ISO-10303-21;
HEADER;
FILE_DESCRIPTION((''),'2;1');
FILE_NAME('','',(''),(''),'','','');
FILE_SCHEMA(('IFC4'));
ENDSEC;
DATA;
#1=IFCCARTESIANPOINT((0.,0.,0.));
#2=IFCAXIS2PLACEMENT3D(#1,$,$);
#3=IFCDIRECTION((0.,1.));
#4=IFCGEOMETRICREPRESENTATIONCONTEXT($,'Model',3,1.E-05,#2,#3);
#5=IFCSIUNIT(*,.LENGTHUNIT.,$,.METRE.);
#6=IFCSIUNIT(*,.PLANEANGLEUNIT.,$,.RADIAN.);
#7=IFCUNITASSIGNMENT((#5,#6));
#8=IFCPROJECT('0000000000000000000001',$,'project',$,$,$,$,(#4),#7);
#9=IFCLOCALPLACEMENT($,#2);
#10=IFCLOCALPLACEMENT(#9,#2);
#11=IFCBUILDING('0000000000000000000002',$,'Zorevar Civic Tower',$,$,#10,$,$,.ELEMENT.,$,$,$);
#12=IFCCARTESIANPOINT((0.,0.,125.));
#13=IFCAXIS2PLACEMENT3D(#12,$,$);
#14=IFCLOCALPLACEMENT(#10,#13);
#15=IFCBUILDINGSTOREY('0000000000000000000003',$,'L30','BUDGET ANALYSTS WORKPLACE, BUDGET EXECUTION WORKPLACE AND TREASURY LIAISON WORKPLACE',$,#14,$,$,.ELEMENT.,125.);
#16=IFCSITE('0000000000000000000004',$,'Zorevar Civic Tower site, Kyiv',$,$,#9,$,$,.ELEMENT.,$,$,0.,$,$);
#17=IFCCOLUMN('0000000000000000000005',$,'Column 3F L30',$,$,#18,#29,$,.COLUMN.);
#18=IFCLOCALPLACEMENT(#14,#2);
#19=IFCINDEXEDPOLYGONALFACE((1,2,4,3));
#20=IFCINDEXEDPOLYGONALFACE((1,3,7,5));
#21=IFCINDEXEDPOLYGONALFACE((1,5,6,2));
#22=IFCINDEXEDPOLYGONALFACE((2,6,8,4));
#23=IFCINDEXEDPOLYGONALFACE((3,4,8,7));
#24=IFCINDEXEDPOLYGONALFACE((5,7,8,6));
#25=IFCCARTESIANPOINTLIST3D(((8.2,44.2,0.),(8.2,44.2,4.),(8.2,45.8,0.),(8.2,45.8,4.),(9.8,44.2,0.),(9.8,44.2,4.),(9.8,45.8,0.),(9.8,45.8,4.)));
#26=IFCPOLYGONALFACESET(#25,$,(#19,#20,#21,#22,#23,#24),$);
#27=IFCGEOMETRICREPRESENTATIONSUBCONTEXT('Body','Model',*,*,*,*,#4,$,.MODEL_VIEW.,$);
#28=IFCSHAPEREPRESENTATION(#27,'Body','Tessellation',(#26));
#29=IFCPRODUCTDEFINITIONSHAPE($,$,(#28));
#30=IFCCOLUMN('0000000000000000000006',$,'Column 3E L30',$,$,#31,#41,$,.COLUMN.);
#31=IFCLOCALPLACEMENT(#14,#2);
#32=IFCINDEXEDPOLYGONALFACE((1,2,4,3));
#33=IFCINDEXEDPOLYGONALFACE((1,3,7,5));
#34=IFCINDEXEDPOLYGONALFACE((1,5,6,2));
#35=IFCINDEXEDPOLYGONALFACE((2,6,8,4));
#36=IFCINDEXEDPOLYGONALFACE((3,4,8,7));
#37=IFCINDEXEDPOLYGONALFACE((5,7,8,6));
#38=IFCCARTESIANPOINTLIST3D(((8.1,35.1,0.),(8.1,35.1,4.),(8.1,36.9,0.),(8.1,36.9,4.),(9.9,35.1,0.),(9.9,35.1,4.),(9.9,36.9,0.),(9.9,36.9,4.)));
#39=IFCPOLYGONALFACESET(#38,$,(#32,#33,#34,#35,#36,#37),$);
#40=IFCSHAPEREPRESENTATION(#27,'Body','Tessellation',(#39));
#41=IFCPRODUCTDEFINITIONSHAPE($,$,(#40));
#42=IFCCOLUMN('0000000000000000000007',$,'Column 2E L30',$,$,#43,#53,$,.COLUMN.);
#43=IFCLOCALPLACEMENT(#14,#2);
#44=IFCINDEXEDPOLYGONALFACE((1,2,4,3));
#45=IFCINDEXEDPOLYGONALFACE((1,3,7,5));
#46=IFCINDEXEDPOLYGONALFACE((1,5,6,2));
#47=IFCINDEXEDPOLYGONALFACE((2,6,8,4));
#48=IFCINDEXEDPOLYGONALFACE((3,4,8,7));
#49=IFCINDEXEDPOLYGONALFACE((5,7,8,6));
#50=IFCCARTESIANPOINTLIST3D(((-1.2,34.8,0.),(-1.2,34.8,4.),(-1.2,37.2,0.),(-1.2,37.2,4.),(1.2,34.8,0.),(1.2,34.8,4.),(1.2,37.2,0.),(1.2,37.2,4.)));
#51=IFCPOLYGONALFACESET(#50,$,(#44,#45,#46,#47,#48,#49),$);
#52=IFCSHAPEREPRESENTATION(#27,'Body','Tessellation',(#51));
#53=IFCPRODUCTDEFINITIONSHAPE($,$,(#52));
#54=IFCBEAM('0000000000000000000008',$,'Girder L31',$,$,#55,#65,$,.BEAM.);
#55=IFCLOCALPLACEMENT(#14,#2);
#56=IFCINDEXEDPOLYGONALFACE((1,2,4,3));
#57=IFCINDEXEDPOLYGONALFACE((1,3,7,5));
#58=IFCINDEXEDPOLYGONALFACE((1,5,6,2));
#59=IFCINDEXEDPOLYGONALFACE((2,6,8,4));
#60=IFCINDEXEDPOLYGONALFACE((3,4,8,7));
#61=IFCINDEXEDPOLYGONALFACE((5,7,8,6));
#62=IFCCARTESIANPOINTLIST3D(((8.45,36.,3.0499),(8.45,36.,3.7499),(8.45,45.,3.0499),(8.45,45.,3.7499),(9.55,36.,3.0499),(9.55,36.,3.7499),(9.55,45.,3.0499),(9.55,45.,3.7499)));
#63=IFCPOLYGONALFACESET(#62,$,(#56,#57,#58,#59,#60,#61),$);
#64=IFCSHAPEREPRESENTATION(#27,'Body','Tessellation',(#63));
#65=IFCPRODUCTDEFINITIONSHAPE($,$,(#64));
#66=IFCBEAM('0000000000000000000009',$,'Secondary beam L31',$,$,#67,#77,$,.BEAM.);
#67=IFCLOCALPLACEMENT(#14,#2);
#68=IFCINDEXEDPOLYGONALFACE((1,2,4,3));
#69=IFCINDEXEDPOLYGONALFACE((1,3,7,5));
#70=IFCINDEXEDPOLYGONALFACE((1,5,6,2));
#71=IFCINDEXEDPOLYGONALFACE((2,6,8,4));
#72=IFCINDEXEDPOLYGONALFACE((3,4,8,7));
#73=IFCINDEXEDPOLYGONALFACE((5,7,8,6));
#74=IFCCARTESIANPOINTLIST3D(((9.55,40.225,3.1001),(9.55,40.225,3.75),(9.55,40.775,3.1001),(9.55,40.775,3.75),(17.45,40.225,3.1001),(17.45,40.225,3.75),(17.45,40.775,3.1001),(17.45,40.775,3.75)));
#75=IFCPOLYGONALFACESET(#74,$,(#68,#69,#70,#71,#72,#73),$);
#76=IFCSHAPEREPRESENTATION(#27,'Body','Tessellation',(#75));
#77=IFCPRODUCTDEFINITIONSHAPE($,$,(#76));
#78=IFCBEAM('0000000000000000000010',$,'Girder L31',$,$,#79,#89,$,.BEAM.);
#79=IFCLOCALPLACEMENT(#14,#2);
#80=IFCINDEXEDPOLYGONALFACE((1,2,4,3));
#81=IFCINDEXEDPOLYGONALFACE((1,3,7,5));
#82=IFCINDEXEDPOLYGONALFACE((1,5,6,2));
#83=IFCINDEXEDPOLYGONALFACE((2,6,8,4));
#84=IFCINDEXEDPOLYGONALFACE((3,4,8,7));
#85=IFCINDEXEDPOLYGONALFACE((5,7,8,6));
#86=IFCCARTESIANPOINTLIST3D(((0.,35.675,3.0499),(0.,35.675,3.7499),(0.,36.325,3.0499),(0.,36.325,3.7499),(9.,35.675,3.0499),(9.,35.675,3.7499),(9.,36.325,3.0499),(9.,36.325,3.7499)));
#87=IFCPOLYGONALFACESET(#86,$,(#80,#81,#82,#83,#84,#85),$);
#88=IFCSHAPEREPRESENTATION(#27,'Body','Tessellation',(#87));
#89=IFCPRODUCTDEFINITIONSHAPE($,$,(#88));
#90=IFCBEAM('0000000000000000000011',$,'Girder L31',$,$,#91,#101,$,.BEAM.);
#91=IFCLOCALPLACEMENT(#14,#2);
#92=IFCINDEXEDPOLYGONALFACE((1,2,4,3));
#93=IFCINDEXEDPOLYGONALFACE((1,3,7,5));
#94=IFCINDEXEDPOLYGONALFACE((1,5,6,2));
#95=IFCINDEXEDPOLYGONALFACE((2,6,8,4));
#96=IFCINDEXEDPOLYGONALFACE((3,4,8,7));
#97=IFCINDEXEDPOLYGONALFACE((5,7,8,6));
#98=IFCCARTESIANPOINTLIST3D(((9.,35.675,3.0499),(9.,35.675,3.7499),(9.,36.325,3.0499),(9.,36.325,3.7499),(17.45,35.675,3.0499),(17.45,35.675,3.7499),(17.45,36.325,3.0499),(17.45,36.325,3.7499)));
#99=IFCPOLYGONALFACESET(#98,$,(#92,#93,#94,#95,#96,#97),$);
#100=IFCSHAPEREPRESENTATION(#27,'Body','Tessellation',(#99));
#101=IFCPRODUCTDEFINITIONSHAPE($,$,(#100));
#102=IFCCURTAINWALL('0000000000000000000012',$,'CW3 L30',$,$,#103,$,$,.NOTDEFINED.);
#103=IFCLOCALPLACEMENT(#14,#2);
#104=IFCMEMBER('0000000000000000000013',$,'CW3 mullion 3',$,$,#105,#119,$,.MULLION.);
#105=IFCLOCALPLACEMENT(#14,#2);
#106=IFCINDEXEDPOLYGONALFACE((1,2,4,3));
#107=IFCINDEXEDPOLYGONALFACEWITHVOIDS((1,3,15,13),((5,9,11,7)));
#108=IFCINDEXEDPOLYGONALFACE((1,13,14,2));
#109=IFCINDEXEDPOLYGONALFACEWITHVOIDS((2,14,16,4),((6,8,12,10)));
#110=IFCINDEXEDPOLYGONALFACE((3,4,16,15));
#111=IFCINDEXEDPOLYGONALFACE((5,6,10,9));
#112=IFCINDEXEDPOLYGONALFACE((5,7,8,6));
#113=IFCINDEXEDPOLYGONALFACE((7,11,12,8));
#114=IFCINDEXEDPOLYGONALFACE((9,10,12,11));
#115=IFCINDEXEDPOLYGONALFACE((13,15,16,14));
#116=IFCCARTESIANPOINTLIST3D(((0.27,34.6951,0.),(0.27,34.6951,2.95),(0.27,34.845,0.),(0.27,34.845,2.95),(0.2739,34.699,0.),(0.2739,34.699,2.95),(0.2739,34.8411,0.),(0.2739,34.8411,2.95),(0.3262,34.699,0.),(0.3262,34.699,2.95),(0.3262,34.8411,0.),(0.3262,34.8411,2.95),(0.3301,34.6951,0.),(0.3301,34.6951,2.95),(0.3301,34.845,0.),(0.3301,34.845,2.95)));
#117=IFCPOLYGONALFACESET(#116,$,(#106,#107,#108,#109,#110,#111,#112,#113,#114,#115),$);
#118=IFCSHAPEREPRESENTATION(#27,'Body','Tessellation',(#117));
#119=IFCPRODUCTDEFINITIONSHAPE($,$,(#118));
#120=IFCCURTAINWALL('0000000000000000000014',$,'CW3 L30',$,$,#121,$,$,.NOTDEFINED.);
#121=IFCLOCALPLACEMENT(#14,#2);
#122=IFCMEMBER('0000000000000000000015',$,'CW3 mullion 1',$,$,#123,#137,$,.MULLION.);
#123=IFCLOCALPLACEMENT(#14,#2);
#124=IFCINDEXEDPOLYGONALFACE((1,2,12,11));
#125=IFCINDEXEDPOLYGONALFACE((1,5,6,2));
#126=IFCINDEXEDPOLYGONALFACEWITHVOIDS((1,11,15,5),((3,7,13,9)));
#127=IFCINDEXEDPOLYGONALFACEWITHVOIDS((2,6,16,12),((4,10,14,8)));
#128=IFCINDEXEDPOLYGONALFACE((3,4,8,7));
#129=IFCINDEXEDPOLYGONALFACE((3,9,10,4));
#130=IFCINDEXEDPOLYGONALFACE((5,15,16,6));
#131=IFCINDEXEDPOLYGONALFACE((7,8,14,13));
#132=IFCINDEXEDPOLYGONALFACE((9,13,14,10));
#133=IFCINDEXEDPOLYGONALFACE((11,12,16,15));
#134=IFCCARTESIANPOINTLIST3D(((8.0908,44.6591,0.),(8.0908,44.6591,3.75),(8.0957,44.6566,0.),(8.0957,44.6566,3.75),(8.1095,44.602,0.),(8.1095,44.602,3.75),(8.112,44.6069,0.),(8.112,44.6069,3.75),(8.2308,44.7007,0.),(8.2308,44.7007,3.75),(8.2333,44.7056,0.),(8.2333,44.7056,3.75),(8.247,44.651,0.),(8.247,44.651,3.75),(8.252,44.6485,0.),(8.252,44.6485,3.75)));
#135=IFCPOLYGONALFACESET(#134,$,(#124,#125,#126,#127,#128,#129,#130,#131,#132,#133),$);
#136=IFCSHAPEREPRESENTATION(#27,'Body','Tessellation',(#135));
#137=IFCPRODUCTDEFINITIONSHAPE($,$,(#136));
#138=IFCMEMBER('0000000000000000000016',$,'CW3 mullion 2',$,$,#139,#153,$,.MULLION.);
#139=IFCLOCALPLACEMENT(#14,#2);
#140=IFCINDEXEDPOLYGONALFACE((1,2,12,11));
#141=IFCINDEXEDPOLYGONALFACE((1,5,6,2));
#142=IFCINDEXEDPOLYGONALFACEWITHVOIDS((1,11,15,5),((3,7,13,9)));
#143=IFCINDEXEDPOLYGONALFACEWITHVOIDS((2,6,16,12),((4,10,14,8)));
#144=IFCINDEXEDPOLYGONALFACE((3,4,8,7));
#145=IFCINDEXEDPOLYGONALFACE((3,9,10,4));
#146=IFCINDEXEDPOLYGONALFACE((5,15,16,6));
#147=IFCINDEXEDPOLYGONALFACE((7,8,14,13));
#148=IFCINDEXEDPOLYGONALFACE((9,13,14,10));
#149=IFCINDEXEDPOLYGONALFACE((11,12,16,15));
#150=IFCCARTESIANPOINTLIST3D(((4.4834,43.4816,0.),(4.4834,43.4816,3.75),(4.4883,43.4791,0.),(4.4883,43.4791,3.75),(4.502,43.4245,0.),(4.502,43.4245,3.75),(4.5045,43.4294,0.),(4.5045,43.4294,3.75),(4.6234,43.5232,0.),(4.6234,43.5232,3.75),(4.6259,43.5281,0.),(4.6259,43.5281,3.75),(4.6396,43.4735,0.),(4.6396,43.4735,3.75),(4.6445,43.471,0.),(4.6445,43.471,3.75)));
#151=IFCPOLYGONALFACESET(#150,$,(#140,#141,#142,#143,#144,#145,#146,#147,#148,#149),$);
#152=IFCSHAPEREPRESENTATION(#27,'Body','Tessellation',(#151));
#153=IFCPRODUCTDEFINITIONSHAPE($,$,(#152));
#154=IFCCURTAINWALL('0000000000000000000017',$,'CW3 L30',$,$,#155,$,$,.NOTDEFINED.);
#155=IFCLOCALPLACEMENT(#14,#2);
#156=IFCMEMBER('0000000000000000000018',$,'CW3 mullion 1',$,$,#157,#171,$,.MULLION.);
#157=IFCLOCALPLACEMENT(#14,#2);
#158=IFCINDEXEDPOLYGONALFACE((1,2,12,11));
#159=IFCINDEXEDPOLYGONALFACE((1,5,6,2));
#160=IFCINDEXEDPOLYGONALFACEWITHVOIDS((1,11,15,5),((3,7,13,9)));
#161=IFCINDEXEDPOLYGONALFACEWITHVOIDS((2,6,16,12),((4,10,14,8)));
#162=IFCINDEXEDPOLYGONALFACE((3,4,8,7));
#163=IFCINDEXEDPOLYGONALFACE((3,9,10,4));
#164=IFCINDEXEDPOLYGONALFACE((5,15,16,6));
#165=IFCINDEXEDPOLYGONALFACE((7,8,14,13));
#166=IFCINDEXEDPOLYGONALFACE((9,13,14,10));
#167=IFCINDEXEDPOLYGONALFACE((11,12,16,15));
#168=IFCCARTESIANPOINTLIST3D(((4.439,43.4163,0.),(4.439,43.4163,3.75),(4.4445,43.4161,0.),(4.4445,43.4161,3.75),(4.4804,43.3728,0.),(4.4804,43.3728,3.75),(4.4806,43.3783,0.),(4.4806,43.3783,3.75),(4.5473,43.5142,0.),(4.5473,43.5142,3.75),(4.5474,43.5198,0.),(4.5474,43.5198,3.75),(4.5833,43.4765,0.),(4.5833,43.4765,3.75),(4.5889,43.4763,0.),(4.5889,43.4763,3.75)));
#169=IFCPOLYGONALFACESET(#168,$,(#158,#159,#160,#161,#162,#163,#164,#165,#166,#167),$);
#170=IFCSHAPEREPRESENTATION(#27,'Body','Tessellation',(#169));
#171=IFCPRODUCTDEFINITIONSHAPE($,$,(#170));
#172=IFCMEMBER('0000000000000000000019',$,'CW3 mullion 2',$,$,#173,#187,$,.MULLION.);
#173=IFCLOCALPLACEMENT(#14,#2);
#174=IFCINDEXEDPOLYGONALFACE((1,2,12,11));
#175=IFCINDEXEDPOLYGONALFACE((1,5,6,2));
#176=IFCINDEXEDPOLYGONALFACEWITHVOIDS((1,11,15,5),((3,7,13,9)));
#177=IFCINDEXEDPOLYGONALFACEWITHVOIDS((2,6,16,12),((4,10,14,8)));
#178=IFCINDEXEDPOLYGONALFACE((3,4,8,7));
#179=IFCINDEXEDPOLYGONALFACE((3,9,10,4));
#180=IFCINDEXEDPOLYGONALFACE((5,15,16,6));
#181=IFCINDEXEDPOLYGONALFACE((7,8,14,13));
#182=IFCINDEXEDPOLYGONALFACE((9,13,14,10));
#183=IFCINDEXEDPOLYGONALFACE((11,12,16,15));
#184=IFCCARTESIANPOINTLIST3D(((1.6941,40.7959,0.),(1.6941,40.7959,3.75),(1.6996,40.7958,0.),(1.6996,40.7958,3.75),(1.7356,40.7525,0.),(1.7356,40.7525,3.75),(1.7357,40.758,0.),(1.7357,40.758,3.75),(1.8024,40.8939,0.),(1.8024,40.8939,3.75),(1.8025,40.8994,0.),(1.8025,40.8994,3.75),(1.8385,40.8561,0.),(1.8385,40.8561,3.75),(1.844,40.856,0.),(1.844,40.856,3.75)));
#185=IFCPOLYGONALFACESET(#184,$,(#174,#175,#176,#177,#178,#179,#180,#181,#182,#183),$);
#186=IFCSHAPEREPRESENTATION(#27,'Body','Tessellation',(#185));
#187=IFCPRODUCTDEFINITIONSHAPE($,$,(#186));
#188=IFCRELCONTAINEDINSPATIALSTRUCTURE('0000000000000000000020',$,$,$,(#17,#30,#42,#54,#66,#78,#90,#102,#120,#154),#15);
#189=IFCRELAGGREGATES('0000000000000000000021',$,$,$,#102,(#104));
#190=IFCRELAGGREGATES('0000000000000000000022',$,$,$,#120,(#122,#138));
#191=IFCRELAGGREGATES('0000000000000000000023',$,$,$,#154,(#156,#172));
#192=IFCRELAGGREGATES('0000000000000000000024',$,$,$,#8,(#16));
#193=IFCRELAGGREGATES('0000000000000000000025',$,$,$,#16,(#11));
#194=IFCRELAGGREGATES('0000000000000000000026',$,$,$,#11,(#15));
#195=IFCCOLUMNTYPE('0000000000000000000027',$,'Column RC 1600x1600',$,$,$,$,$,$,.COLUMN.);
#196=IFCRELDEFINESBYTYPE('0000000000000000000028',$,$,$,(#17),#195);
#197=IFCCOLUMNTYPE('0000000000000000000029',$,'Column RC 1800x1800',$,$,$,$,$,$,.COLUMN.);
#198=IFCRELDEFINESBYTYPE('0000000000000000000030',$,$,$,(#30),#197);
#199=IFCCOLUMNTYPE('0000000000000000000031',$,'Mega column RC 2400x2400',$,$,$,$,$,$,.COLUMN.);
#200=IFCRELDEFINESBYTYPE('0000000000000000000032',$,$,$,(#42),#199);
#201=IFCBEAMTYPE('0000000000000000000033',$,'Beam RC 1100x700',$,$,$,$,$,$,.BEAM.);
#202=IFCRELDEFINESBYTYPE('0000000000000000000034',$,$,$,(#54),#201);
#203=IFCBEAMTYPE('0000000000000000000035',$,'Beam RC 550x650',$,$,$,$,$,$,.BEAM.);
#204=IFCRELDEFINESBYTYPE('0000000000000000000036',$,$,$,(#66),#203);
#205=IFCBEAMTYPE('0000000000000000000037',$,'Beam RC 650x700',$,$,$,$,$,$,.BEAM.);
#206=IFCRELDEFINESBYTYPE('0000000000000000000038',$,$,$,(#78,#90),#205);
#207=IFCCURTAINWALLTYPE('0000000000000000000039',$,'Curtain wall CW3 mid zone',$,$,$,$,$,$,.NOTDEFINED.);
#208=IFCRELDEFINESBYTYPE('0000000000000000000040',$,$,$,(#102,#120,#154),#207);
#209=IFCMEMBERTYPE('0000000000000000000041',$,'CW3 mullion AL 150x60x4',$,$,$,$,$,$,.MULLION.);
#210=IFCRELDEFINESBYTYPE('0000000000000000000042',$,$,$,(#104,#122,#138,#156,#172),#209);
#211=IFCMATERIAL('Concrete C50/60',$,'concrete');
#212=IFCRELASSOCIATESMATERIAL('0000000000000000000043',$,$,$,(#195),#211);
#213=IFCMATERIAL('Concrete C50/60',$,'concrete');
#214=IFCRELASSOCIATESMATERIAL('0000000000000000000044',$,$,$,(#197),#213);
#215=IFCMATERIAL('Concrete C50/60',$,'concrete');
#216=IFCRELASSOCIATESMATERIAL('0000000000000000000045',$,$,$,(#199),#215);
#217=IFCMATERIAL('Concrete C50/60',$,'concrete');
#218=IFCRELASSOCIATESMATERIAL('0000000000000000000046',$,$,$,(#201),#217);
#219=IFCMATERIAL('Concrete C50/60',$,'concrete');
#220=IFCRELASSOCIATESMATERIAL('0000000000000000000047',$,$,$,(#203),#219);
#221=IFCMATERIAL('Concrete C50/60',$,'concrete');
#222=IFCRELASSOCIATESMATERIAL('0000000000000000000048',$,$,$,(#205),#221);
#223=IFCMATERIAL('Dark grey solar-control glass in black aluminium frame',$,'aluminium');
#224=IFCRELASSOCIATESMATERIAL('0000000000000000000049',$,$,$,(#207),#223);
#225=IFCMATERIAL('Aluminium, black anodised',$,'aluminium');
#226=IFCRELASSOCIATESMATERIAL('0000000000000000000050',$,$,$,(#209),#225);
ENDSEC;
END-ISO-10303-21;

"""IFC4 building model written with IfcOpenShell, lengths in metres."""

from ifc_helpers import new_model, si_unit, direction, frame, origin, origin_2d, place, context, subcontext, project, spatial, rectangle, hollow_rectangle, extrude, material, material_profile, profile_set, type_object, element, aggregate, save


model = new_model("IFC4")

# Units and contexts
model_context = context("Model", 3, precision=1e-05, world=origin(), true_north=direction((0.0, 1.0)))
body_context = subcontext(model_context, "Body", "Model", "MODEL_VIEW")
ifc_project = project(units=[si_unit("LENGTHUNIT", "METRE"), si_unit("PLANEANGLEUNIT", "RADIAN")], contexts=[model_context])

# Site, building, storey
site_placement = place(None, origin())
site = spatial("IfcSite", under=ifc_project, at=site_placement, Name="Zorevar Civic Tower site, Kyiv", CompositionType="ELEMENT", RefElevation=0.0)
building_placement = place(site_placement, origin())
building = spatial("IfcBuilding", under=site, at=building_placement, Name="Zorevar Civic Tower", CompositionType="ELEMENT")
storey_placement = place(building_placement, frame((0.0, 0.0, 125.0)))
storey = spatial("IfcBuildingStorey", under=building, at=storey_placement, Name="L30", Description="BUDGET ANALYSTS WORKPLACE, BUDGET EXECUTION WORKPLACE AND TREASURY LIAISON WORKPLACE", CompositionType="ELEMENT", Elevation=125.0)

# Columns
ifc_material_1 = material(Name="Concrete C50/60", Category="concrete")
ifc_material_profile_1 = material_profile(ifc_material_1, rectangle(XDim=1.6001, YDim=1.6001, at=origin_2d()), Name="RC 1600x1600")
ifc_profile_set_1 = profile_set([ifc_material_profile_1], Name="Concrete C50/60")
column_type_1 = type_object("IfcColumnType", Name="Column RC 1600x1600", PredefinedType="COLUMN", material=ifc_profile_set_1)
column_1_placement = place(storey_placement, frame((9.0, 45.0, 0.0), z_axis=(0.0, 0.0, 1.0), x_axis=(1.0, 0.0, 0.0)))
element("IfcColumn", 1, at=column_1_placement, inside=storey, type_object=column_type_1, Name="Column 3F L30", PredefinedType="COLUMN", context=body_context, shape_type="SweptSolid", body=[
    extrude(rectangle(XDim=1.6001, YDim=1.6001, at=origin_2d()), origin(), (0.0, 0.0, 1.0), 4.0),
])
ifc_material_2 = material(Name="Concrete C50/60", Category="concrete")
ifc_material_profile_2 = material_profile(ifc_material_2, rectangle(XDim=1.8, YDim=1.8, at=origin_2d()), Name="RC 1800x1800")
ifc_profile_set_2 = profile_set([ifc_material_profile_2], Name="Concrete C50/60")
column_type_2 = type_object("IfcColumnType", Name="Column RC 1800x1800", PredefinedType="COLUMN", material=ifc_profile_set_2)
column_2_placement = place(storey_placement, frame((9.0, 36.0, 0.0), z_axis=(0.0, 0.0, 1.0), x_axis=(1.0, 0.0, 0.0)))
element("IfcColumn", 2, at=column_2_placement, inside=storey, type_object=column_type_2, Name="Column 3E L30", PredefinedType="COLUMN", context=body_context, shape_type="SweptSolid", body=[
    extrude(rectangle(XDim=1.8, YDim=1.8, at=origin_2d()), origin(), (0.0, 0.0, 1.0), 4.0),
])
ifc_material_3 = material(Name="Concrete C50/60", Category="concrete")
ifc_material_profile_3 = material_profile(ifc_material_3, rectangle(XDim=2.3999, YDim=2.3999, at=origin_2d()), Name="RC 2400x2400")
ifc_profile_set_3 = profile_set([ifc_material_profile_3], Name="Concrete C50/60")
column_type_3 = type_object("IfcColumnType", Name="Mega column RC 2400x2400", PredefinedType="COLUMN", material=ifc_profile_set_3)
column_3_placement = place(storey_placement, frame((0.0, 36.0, 0.0), z_axis=(0.0, 0.0, 1.0), x_axis=(1.0, 0.0, 0.0)))
element("IfcColumn", 3, at=column_3_placement, inside=storey, type_object=column_type_3, Name="Column 2E L30", PredefinedType="COLUMN", context=body_context, shape_type="SweptSolid", body=[
    extrude(rectangle(XDim=2.3999, YDim=2.3999, at=origin_2d()), origin(), (0.0, 0.0, 1.0), 4.0),
])

# Beams
ifc_material_4 = material(Name="Concrete C50/60", Category="concrete")
ifc_material_profile_4 = material_profile(ifc_material_4, rectangle(XDim=1.1001, YDim=0.7, at=origin_2d()), Name="RC 1100x700")
ifc_profile_set_4 = profile_set([ifc_material_profile_4], Name="Concrete C50/60")
beam_type_1 = type_object("IfcBeamType", Name="Beam RC 1100x700", PredefinedType="BEAM", material=ifc_profile_set_4)
beam_1_placement = place(storey_placement, frame((9.0, 36.0, 3.3999), z_axis=(0.0, 1.0, 0.0), x_axis=(-1.0, 0.0, 0.0)))
element("IfcBeam", 4, at=beam_1_placement, inside=storey, type_object=beam_type_1, Name="Girder L31", PredefinedType="BEAM", context=body_context, shape_type="SweptSolid", body=[
    extrude(rectangle(XDim=1.1001, YDim=0.7, at=origin_2d()), origin(), (0.0, 0.0, 1.0), 9.0),
])
ifc_material_5 = material(Name="Concrete C50/60", Category="concrete")
ifc_material_profile_5 = material_profile(ifc_material_5, rectangle(XDim=0.55, YDim=0.6499, at=origin_2d()), Name="RC 550x650")
ifc_profile_set_5 = profile_set([ifc_material_profile_5], Name="Concrete C50/60")
beam_type_2 = type_object("IfcBeamType", Name="Beam RC 550x650", PredefinedType="BEAM", material=ifc_profile_set_5)
beam_2_placement = place(storey_placement, frame((9.55, 40.5, 3.425), z_axis=(1.0, 0.0, 0.0), x_axis=(0.0, 1.0, 0.0)))
element("IfcBeam", 5, at=beam_2_placement, inside=storey, type_object=beam_type_2, Name="Secondary beam L31", PredefinedType="BEAM", context=body_context, shape_type="SweptSolid", body=[
    extrude(rectangle(XDim=0.55, YDim=0.6499, at=origin_2d()), origin(), (0.0, 0.0, 1.0), 7.8999),
])
ifc_material_6 = material(Name="Concrete C50/60", Category="concrete")
ifc_material_profile_6 = material_profile(ifc_material_6, rectangle(XDim=0.6499, YDim=0.7, at=origin_2d()), Name="RC 650x700")
ifc_profile_set_6 = profile_set([ifc_material_profile_6], Name="Concrete C50/60")
beam_type_3 = type_object("IfcBeamType", Name="Beam RC 650x700", PredefinedType="BEAM", material=ifc_profile_set_6)
beam_3_placement = place(storey_placement, frame((0.0, 36.0, 3.3999), z_axis=(1.0, 0.0, 0.0), x_axis=(0.0, 1.0, 0.0)))
element("IfcBeam", 6, at=beam_3_placement, inside=storey, type_object=beam_type_3, Name="Girder L31", PredefinedType="BEAM", context=body_context, shape_type="SweptSolid", body=[
    extrude(rectangle(XDim=0.6499, YDim=0.7, at=origin_2d()), origin(), (0.0, 0.0, 1.0), 9.0),
])
beam_4_placement = place(storey_placement, frame((9.0, 36.0, 3.3999), z_axis=(1.0, 0.0, 0.0), x_axis=(0.0, 1.0, 0.0)))
element("IfcBeam", 7, at=beam_4_placement, inside=storey, type_object=beam_type_3, Name="Girder L31", PredefinedType="BEAM", context=body_context, shape_type="SweptSolid", body=[
    extrude(rectangle(XDim=0.6499, YDim=0.7, at=origin_2d()), origin(), (0.0, 0.0, 1.0), 8.45),
])

# Curtain wall, member
ifc_material_7 = material(Name="Dark grey solar-control glass in black aluminium frame", Category="aluminium")
curtain_wall_type = type_object("IfcCurtainWallType", Name="Curtain wall CW3 mid zone", PredefinedType="NOTDEFINED", material=ifc_material_7)
curtain_wall_1_placement = place(storey_placement, origin())
curtain_wall_1 = element("IfcCurtainWall", 8, at=curtain_wall_1_placement, inside=storey, type_object=curtain_wall_type, Name="CW3 L30", PredefinedType="NOTDEFINED")
ifc_material_8 = material(Name="Aluminium, black anodised", Category="aluminium")
ifc_material_profile_7 = material_profile(ifc_material_8, hollow_rectangle(XDim=0.0601, YDim=0.1499, WallThickness=0.0039, at=origin_2d()), Name="AL 150x60x4")
ifc_profile_set_7 = profile_set([ifc_material_profile_7], Name="Aluminium, black anodised")
member_type_1 = type_object("IfcMemberType", Name="CW3 mullion AL 150x60x4", PredefinedType="MULLION", material=ifc_profile_set_7)
member_1_placement = place(storey_placement, frame((0.3, 34.77, 0.0), z_axis=(0.0, 0.0, 1.0), x_axis=(-1.0, 0.0, 0.0)))
member_1 = element("IfcMember", 9, at=member_1_placement, type_object=member_type_1, Name="CW3 mullion 3", PredefinedType="MULLION", context=body_context, shape_type="SweptSolid", body=[
    extrude(hollow_rectangle(XDim=0.0601, YDim=0.1499, WallThickness=0.0039, at=origin_2d()), origin(), (0.0, 0.0, 1.0), 2.95),
])

# Curtain walls, members
curtain_wall_2_placement = place(storey_placement, origin())
curtain_wall_2 = element("IfcCurtainWall", 10, at=curtain_wall_2_placement, inside=storey, type_object=curtain_wall_type, Name="CW3 L30", PredefinedType="NOTDEFINED")
member_2_placement = place(storey_placement, frame((8.1714, 44.6538, 0.0), z_axis=(0.0, 0.0, 1.0), x_axis=(0.310263, -0.950651, 0.0)))
member_2 = element("IfcMember", 11, at=member_2_placement, type_object=member_type_1, Name="CW3 mullion 1", PredefinedType="MULLION", context=body_context, shape_type="SweptSolid", body=[
    extrude(hollow_rectangle(XDim=0.0601, YDim=0.1499, WallThickness=0.0039, at=origin_2d()), origin(), (0.0, 0.0, 1.0), 3.75),
])
member_3_placement = place(storey_placement, frame((4.564, 43.4763, 0.0), z_axis=(0.0, 0.0, 1.0), x_axis=(0.310263, -0.950651, 0.0)))
member_3 = element("IfcMember", 12, at=member_3_placement, type_object=member_type_1, Name="CW3 mullion 2", PredefinedType="MULLION", context=body_context, shape_type="SweptSolid", body=[
    extrude(hollow_rectangle(XDim=0.0601, YDim=0.1499, WallThickness=0.0039, at=origin_2d()), origin(), (0.0, 0.0, 1.0), 3.75),
])
curtain_wall_3_placement = place(storey_placement, origin())
curtain_wall_3 = element("IfcCurtainWall", 13, at=curtain_wall_3_placement, inside=storey, type_object=curtain_wall_type, Name="CW3 L30", PredefinedType="NOTDEFINED")
member_4_placement = place(storey_placement, frame((4.5139, 43.4463, 0.0), z_axis=(0.0, 0.0, 1.0), x_axis=(0.690545, -0.723289, 0.0)))
member_4 = element("IfcMember", 14, at=member_4_placement, type_object=member_type_1, Name="CW3 mullion 1", PredefinedType="MULLION", context=body_context, shape_type="SweptSolid", body=[
    extrude(hollow_rectangle(XDim=0.0601, YDim=0.1499, WallThickness=0.0039, at=origin_2d()), origin(), (0.0, 0.0, 1.0), 3.75),
])
member_5_placement = place(storey_placement, frame((1.769, 40.8259, 0.0), z_axis=(0.0, 0.0, 1.0), x_axis=(0.690545, -0.723289, 0.0)))
member_5 = element("IfcMember", 15, at=member_5_placement, type_object=member_type_1, Name="CW3 mullion 2", PredefinedType="MULLION", context=body_context, shape_type="SweptSolid", body=[
    extrude(hollow_rectangle(XDim=0.0601, YDim=0.1499, WallThickness=0.0039, at=origin_2d()), origin(), (0.0, 0.0, 1.0), 3.75),
])

aggregate(curtain_wall_1, [member_1])
aggregate(curtain_wall_2, [member_2, member_3])
aggregate(curtain_wall_3, [member_4, member_5])

save(model, "model.ifc")
